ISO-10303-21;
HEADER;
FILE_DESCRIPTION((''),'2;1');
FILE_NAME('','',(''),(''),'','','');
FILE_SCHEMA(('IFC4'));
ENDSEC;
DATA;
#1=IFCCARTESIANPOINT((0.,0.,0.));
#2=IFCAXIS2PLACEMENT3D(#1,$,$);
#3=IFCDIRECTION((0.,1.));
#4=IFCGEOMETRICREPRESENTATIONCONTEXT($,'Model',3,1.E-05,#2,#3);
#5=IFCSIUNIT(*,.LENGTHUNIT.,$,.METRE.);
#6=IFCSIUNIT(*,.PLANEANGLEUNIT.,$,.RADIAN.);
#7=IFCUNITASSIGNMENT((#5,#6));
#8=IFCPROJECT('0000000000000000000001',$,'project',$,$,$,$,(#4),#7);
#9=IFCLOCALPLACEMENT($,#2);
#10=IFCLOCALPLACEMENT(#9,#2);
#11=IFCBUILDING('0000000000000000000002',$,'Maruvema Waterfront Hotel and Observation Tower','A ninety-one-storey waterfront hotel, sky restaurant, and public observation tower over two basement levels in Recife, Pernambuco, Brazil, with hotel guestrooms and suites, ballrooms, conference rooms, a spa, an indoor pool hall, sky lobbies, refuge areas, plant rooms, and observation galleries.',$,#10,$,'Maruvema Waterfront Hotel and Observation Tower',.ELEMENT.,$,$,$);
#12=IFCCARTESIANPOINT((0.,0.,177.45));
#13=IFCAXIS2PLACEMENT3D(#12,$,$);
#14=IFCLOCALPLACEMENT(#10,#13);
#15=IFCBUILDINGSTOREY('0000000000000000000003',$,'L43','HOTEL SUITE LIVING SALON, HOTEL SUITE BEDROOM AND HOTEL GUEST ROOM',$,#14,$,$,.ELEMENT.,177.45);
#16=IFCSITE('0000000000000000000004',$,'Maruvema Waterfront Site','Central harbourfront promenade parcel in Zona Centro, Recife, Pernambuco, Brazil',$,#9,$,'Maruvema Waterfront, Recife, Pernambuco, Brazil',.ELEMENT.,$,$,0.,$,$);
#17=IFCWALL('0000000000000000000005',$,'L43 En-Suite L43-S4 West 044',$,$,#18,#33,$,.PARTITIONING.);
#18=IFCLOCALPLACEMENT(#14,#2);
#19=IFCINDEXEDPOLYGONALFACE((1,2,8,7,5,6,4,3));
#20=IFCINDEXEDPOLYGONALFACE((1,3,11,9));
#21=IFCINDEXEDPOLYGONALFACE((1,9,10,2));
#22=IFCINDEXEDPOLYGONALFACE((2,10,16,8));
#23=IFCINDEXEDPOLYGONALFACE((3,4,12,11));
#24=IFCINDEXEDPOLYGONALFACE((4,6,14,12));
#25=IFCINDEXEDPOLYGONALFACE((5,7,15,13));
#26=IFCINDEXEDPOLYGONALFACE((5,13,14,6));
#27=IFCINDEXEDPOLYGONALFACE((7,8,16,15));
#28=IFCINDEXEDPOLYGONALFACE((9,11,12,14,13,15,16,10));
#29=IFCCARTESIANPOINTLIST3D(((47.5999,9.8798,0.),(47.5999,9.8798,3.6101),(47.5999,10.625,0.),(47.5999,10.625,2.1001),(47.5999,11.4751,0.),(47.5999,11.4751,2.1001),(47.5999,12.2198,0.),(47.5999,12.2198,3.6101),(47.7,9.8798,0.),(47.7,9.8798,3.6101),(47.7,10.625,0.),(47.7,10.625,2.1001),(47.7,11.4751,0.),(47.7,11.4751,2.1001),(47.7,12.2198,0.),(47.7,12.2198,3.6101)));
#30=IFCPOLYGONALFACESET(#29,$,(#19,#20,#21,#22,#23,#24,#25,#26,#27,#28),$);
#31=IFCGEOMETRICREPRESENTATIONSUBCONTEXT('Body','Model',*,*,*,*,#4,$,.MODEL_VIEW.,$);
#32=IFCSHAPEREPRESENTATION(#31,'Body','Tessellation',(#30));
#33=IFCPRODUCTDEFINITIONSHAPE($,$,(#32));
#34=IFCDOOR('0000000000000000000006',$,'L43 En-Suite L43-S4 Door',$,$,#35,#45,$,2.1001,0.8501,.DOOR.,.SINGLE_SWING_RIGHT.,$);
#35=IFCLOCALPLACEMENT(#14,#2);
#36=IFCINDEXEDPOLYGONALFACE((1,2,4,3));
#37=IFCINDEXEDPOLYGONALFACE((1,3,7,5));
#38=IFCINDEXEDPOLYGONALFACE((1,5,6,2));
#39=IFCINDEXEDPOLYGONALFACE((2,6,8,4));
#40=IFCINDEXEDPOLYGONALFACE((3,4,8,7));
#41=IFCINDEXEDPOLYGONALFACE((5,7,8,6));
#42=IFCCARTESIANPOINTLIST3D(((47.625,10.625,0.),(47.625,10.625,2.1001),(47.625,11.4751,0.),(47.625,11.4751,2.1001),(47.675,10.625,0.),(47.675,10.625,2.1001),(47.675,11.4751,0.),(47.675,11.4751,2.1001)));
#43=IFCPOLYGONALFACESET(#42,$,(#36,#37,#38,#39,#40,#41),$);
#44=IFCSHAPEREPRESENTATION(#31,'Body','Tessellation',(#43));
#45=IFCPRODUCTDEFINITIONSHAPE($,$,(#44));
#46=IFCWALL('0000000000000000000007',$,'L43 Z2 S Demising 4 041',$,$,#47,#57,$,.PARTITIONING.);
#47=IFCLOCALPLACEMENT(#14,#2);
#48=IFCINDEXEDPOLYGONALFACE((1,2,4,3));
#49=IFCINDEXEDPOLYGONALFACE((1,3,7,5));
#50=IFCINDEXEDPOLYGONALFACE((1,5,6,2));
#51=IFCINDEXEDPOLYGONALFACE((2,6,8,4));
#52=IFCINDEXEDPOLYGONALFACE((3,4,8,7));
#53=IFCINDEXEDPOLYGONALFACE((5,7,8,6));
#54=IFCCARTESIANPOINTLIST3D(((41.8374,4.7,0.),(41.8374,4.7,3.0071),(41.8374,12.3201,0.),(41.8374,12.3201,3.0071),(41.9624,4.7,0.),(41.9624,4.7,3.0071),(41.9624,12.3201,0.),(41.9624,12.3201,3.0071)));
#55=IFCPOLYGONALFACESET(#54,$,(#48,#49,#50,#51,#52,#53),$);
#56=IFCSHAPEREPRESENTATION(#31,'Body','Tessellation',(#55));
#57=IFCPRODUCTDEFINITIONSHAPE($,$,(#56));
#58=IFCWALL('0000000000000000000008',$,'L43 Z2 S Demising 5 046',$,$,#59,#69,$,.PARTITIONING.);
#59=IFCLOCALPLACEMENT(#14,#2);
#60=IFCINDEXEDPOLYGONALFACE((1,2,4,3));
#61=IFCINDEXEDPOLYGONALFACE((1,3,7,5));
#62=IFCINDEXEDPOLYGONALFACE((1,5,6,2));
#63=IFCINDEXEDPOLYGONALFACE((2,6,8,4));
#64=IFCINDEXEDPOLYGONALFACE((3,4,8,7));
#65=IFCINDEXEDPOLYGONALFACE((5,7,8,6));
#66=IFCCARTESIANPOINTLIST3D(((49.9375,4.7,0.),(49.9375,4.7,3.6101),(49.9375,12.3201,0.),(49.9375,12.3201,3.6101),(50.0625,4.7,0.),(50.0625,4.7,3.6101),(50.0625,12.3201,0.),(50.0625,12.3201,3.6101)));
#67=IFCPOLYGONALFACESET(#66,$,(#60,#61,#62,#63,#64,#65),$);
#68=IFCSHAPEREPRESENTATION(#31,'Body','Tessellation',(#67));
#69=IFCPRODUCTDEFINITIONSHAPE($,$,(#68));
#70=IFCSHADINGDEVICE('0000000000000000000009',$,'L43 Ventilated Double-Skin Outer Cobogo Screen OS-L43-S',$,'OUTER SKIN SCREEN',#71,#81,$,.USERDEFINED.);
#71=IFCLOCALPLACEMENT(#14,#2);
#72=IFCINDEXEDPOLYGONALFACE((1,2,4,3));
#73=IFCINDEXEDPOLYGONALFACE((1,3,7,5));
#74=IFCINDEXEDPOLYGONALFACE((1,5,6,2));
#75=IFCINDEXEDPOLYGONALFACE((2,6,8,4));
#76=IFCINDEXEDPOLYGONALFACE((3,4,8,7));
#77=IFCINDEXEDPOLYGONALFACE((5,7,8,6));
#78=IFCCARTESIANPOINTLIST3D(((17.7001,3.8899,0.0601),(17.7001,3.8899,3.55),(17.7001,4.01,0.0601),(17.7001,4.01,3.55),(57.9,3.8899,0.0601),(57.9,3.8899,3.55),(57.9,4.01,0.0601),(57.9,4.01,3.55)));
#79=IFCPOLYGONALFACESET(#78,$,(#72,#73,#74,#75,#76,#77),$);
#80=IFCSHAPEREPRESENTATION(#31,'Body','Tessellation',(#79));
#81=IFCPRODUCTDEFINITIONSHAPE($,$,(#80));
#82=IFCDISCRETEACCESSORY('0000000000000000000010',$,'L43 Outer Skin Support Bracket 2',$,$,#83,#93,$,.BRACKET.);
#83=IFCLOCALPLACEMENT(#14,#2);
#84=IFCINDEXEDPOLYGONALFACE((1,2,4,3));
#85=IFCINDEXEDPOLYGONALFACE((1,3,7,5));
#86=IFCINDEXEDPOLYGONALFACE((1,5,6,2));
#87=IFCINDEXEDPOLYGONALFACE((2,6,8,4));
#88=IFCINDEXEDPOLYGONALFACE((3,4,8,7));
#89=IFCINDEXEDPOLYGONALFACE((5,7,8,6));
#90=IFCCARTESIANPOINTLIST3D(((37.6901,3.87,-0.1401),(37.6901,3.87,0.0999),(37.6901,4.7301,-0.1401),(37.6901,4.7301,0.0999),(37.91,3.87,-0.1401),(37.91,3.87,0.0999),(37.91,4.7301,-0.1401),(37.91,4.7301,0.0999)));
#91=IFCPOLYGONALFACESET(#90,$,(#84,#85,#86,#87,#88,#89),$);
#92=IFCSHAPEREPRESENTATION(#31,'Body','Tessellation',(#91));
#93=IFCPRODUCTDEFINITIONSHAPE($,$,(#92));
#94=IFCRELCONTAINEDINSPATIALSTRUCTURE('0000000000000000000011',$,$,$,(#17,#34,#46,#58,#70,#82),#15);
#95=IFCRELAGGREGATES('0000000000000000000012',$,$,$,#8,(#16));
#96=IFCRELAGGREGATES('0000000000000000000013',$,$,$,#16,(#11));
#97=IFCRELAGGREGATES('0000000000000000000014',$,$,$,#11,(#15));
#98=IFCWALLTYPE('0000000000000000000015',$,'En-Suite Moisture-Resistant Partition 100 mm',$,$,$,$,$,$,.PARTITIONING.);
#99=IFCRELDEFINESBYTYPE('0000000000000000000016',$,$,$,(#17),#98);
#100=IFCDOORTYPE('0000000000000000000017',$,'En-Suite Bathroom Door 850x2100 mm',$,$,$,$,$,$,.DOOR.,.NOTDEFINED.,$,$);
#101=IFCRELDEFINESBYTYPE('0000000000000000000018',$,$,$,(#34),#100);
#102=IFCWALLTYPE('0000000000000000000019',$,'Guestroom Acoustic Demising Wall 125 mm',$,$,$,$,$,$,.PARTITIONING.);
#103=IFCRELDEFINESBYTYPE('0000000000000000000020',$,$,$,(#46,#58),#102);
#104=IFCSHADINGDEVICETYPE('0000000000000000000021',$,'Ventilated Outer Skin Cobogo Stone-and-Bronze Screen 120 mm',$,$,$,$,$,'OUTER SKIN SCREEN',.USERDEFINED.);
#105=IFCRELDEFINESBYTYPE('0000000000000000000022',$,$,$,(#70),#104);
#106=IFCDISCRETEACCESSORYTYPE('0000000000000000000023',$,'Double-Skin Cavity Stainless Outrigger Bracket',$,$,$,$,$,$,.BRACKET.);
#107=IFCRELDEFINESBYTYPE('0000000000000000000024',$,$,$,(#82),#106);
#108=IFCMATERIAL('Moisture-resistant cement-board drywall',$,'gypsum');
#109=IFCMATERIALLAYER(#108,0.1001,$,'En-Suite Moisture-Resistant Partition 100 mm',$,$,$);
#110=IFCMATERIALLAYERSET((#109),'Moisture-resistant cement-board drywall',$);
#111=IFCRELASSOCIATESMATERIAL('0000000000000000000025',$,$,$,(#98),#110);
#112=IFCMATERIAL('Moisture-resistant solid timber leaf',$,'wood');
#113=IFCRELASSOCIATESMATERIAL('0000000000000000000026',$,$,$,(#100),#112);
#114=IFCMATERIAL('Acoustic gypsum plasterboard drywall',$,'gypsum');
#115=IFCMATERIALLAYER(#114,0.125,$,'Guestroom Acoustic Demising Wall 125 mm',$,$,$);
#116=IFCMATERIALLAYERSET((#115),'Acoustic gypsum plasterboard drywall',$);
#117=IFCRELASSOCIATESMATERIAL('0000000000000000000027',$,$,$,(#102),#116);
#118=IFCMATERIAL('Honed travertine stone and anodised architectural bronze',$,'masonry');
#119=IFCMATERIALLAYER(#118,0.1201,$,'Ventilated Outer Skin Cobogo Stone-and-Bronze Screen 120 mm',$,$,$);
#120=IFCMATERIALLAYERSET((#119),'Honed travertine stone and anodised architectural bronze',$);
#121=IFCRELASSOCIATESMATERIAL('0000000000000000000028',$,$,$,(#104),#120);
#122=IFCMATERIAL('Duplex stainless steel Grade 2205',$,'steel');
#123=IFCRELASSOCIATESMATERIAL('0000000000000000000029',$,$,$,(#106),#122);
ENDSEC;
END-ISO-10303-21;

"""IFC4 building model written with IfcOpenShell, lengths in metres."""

from ifc_helpers import new_model, si_unit, direction, frame, frame_2d, origin, origin_2d, place, context, subcontext, project, spatial, rectangle, extrude, material, layer, layer_set, type_object, element, fill, save


model = new_model("IFC4")

# Units and contexts
model_context = context("Model", 3, precision=1e-05, world=origin(), true_north=direction((0.0, 1.0)))
body_context = subcontext(model_context, "Body", "Model", "MODEL_VIEW")
ifc_project = project(units=[si_unit("LENGTHUNIT", "METRE"), si_unit("PLANEANGLEUNIT", "RADIAN")], contexts=[model_context])

# Site, building, storey
site_placement = place(None, origin())
site = spatial("IfcSite", under=ifc_project, at=site_placement, Name="Maruvema Waterfront Site", Description="Central harbourfront promenade parcel in Zona Centro, Recife, Pernambuco, Brazil", LongName="Maruvema Waterfront, Recife, Pernambuco, Brazil", CompositionType="ELEMENT", RefElevation=0.0)
building_placement = place(site_placement, origin())
building = spatial("IfcBuilding", under=site, at=building_placement, Name="Maruvema Waterfront Hotel and Observation Tower", Description="A ninety-one-storey waterfront hotel, sky restaurant, and public observation tower over two basement levels in Recife, Pernambuco, Brazil, with hotel guestrooms and suites, ballrooms, conference rooms, a spa, an indoor pool hall, sky lobbies, refuge areas, plant rooms, and observation galleries.", LongName="Maruvema Waterfront Hotel and Observation Tower", CompositionType="ELEMENT")
storey_placement = place(building_placement, frame((0.0, 0.0, 177.45)))
storey = spatial("IfcBuildingStorey", under=building, at=storey_placement, Name="L43", Description="HOTEL SUITE LIVING SALON, HOTEL SUITE BEDROOM AND HOTEL GUEST ROOM", CompositionType="ELEMENT", Elevation=177.45)

# Shared definitions
ifc_material_1 = material(Name="Moisture-resistant cement-board drywall", Category="gypsum")
ifc_layer_1 = layer(ifc_material_1, 0.1001, Name="En-Suite Moisture-Resistant Partition 100 mm")
ifc_layer_set_1 = layer_set([ifc_layer_1], Name="Moisture-resistant cement-board drywall")
wall_type_1 = type_object("IfcWallType", Name="En-Suite Moisture-Resistant Partition 100 mm", PredefinedType="PARTITIONING", material=ifc_layer_set_1)

# Wall, opening, door
wall_1_placement = place(storey_placement, frame((47.6499, 9.8799, 0.0), z_axis=(0.0, 0.0, 1.0), x_axis=(0.0, 1.0, 0.0)))
wall_1 = element("IfcWall", 1, at=wall_1_placement, inside=storey, type_object=wall_type_1, Name="L43 En-Suite L43-S4 West 044", PredefinedType="PARTITIONING", context=body_context, shape_type="SweptSolid", body=[
    extrude(rectangle(XDim=2.3401, YDim=0.1001, at=frame_2d((1.1699, 0.0))), origin(), (0.0, 0.0, 1.0), 3.6101),
])
opening_1_placement = place(wall_1_placement, frame((0.7451, 0.0, 0.0)))
opening_1 = element("IfcOpeningElement", 2, at=opening_1_placement, cuts=wall_1, PredefinedType="OPENING", context=body_context, shape_type="SweptSolid", body=[
    extrude(rectangle(XDim=0.8501, YDim=2.1001, at=frame_2d((0.425, 1.05))), frame((0.0, 0.0601, 0.0), z_axis=(0.0, -1.0, 0.0), x_axis=(1.0, 0.0, 0.0)), (0.0, 0.0, 1.0), 0.1201),
])
ifc_material_2 = material(Name="Moisture-resistant solid timber leaf", Category="wood")
door_type_1 = type_object("IfcDoorType", Name="En-Suite Bathroom Door 850x2100 mm", OperationType="NOTDEFINED", PredefinedType="DOOR", material=ifc_material_2)
door_1_placement = place(opening_1_placement, origin())
door_1 = element("IfcDoor", 3, at=door_1_placement, inside=storey, type_object=door_type_1, Name="L43 En-Suite L43-S4 Door", OperationType="SINGLE_SWING_RIGHT", OverallHeight=2.1001, OverallWidth=0.8501, PredefinedType="DOOR", context=body_context, shape_type="SweptSolid", body=[
    extrude(rectangle(XDim=0.8501, YDim=2.1001, at=frame_2d((0.425, 1.05))), frame((0.0, 0.0249, 0.0), z_axis=(0.0, -1.0, 0.0), x_axis=(1.0, 0.0, 0.0)), (0.0, 0.0, 1.0), 0.05),
])
fill(opening_1, door_1)

# Walls
ifc_material_3 = material(Name="Acoustic gypsum plasterboard drywall", Category="gypsum")
ifc_layer_2 = layer(ifc_material_3, 0.125, Name="Guestroom Acoustic Demising Wall 125 mm")
ifc_layer_set_2 = layer_set([ifc_layer_2], Name="Acoustic gypsum plasterboard drywall")
wall_type_2 = type_object("IfcWallType", Name="Guestroom Acoustic Demising Wall 125 mm", PredefinedType="PARTITIONING", material=ifc_layer_set_2)
wall_2_placement = place(storey_placement, frame((41.8999, 4.7, 0.0), z_axis=(0.0, 0.0, 1.0), x_axis=(0.0, 1.0, 0.0)))
element("IfcWall", 4, at=wall_2_placement, inside=storey, type_object=wall_type_2, Name="L43 Z2 S Demising 4 041", PredefinedType="PARTITIONING", context=body_context, shape_type="SweptSolid", body=[
    extrude(rectangle(XDim=7.6201, YDim=0.125, at=frame_2d((3.8101, 0.0))), origin(), (0.0, 0.0, 1.0), 3.0071),
])
wall_3_placement = place(storey_placement, frame((50.0, 4.7, 0.0), z_axis=(0.0, 0.0, 1.0), x_axis=(0.0, 1.0, 0.0)))
element("IfcWall", 5, at=wall_3_placement, inside=storey, type_object=wall_type_2, Name="L43 Z2 S Demising 5 046", PredefinedType="PARTITIONING", context=body_context, shape_type="SweptSolid", body=[
    extrude(rectangle(XDim=7.6201, YDim=0.125, at=frame_2d((3.8101, 0.0))), origin(), (0.0, 0.0, 1.0), 3.6101),
])

# Shading device
ifc_material_4 = material(Name="Honed travertine stone and anodised architectural bronze", Category="masonry")
ifc_layer_3 = layer(ifc_material_4, 0.1201, Name="Ventilated Outer Skin Cobogo Stone-and-Bronze Screen 120 mm")
ifc_layer_set_3 = layer_set([ifc_layer_3], Name="Honed travertine stone and anodised architectural bronze")
shading_device_type = type_object("IfcShadingDeviceType", Name="Ventilated Outer Skin Cobogo Stone-and-Bronze Screen 120 mm", ElementType="OUTER SKIN SCREEN", PredefinedType="USERDEFINED", material=ifc_layer_set_3)
shading_device_placement = place(storey_placement, frame((37.8, 3.95, 0.0601), z_axis=(0.0, 0.0, 1.0), x_axis=(1.0, 0.0, 0.0)))
element("IfcShadingDevice", 6, at=shading_device_placement, inside=storey, type_object=shading_device_type, Name="L43 Ventilated Double-Skin Outer Cobogo Screen OS-L43-S", ObjectType="OUTER SKIN SCREEN", PredefinedType="USERDEFINED", context=body_context, shape_type="SweptSolid", body=[
    extrude(rectangle(XDim=40.2, YDim=0.1201, at=origin_2d()), origin(), (0.0, 0.0, 1.0), 3.49),
])

# Discrete accessory
ifc_material_5 = material(Name="Duplex stainless steel Grade 2205", Category="steel")
discrete_accessory_type = type_object("IfcDiscreteAccessoryType", Name="Double-Skin Cavity Stainless Outrigger Bracket", PredefinedType="BRACKET", material=ifc_material_5)
discrete_accessory_placement = place(storey_placement, frame((37.8, 4.3, -0.1401), z_axis=(0.0, 0.0, 1.0), x_axis=(1.0, 0.0, 0.0)))
element("IfcDiscreteAccessory", 7, at=discrete_accessory_placement, inside=storey, type_object=discrete_accessory_type, Name="L43 Outer Skin Support Bracket 2", PredefinedType="BRACKET", context=body_context, shape_type="SweptSolid", body=[
    extrude(rectangle(XDim=0.22, YDim=0.8601, at=origin_2d()), origin(), (0.0, 0.0, 1.0), 0.24),
])

save(model, "model.ifc")
